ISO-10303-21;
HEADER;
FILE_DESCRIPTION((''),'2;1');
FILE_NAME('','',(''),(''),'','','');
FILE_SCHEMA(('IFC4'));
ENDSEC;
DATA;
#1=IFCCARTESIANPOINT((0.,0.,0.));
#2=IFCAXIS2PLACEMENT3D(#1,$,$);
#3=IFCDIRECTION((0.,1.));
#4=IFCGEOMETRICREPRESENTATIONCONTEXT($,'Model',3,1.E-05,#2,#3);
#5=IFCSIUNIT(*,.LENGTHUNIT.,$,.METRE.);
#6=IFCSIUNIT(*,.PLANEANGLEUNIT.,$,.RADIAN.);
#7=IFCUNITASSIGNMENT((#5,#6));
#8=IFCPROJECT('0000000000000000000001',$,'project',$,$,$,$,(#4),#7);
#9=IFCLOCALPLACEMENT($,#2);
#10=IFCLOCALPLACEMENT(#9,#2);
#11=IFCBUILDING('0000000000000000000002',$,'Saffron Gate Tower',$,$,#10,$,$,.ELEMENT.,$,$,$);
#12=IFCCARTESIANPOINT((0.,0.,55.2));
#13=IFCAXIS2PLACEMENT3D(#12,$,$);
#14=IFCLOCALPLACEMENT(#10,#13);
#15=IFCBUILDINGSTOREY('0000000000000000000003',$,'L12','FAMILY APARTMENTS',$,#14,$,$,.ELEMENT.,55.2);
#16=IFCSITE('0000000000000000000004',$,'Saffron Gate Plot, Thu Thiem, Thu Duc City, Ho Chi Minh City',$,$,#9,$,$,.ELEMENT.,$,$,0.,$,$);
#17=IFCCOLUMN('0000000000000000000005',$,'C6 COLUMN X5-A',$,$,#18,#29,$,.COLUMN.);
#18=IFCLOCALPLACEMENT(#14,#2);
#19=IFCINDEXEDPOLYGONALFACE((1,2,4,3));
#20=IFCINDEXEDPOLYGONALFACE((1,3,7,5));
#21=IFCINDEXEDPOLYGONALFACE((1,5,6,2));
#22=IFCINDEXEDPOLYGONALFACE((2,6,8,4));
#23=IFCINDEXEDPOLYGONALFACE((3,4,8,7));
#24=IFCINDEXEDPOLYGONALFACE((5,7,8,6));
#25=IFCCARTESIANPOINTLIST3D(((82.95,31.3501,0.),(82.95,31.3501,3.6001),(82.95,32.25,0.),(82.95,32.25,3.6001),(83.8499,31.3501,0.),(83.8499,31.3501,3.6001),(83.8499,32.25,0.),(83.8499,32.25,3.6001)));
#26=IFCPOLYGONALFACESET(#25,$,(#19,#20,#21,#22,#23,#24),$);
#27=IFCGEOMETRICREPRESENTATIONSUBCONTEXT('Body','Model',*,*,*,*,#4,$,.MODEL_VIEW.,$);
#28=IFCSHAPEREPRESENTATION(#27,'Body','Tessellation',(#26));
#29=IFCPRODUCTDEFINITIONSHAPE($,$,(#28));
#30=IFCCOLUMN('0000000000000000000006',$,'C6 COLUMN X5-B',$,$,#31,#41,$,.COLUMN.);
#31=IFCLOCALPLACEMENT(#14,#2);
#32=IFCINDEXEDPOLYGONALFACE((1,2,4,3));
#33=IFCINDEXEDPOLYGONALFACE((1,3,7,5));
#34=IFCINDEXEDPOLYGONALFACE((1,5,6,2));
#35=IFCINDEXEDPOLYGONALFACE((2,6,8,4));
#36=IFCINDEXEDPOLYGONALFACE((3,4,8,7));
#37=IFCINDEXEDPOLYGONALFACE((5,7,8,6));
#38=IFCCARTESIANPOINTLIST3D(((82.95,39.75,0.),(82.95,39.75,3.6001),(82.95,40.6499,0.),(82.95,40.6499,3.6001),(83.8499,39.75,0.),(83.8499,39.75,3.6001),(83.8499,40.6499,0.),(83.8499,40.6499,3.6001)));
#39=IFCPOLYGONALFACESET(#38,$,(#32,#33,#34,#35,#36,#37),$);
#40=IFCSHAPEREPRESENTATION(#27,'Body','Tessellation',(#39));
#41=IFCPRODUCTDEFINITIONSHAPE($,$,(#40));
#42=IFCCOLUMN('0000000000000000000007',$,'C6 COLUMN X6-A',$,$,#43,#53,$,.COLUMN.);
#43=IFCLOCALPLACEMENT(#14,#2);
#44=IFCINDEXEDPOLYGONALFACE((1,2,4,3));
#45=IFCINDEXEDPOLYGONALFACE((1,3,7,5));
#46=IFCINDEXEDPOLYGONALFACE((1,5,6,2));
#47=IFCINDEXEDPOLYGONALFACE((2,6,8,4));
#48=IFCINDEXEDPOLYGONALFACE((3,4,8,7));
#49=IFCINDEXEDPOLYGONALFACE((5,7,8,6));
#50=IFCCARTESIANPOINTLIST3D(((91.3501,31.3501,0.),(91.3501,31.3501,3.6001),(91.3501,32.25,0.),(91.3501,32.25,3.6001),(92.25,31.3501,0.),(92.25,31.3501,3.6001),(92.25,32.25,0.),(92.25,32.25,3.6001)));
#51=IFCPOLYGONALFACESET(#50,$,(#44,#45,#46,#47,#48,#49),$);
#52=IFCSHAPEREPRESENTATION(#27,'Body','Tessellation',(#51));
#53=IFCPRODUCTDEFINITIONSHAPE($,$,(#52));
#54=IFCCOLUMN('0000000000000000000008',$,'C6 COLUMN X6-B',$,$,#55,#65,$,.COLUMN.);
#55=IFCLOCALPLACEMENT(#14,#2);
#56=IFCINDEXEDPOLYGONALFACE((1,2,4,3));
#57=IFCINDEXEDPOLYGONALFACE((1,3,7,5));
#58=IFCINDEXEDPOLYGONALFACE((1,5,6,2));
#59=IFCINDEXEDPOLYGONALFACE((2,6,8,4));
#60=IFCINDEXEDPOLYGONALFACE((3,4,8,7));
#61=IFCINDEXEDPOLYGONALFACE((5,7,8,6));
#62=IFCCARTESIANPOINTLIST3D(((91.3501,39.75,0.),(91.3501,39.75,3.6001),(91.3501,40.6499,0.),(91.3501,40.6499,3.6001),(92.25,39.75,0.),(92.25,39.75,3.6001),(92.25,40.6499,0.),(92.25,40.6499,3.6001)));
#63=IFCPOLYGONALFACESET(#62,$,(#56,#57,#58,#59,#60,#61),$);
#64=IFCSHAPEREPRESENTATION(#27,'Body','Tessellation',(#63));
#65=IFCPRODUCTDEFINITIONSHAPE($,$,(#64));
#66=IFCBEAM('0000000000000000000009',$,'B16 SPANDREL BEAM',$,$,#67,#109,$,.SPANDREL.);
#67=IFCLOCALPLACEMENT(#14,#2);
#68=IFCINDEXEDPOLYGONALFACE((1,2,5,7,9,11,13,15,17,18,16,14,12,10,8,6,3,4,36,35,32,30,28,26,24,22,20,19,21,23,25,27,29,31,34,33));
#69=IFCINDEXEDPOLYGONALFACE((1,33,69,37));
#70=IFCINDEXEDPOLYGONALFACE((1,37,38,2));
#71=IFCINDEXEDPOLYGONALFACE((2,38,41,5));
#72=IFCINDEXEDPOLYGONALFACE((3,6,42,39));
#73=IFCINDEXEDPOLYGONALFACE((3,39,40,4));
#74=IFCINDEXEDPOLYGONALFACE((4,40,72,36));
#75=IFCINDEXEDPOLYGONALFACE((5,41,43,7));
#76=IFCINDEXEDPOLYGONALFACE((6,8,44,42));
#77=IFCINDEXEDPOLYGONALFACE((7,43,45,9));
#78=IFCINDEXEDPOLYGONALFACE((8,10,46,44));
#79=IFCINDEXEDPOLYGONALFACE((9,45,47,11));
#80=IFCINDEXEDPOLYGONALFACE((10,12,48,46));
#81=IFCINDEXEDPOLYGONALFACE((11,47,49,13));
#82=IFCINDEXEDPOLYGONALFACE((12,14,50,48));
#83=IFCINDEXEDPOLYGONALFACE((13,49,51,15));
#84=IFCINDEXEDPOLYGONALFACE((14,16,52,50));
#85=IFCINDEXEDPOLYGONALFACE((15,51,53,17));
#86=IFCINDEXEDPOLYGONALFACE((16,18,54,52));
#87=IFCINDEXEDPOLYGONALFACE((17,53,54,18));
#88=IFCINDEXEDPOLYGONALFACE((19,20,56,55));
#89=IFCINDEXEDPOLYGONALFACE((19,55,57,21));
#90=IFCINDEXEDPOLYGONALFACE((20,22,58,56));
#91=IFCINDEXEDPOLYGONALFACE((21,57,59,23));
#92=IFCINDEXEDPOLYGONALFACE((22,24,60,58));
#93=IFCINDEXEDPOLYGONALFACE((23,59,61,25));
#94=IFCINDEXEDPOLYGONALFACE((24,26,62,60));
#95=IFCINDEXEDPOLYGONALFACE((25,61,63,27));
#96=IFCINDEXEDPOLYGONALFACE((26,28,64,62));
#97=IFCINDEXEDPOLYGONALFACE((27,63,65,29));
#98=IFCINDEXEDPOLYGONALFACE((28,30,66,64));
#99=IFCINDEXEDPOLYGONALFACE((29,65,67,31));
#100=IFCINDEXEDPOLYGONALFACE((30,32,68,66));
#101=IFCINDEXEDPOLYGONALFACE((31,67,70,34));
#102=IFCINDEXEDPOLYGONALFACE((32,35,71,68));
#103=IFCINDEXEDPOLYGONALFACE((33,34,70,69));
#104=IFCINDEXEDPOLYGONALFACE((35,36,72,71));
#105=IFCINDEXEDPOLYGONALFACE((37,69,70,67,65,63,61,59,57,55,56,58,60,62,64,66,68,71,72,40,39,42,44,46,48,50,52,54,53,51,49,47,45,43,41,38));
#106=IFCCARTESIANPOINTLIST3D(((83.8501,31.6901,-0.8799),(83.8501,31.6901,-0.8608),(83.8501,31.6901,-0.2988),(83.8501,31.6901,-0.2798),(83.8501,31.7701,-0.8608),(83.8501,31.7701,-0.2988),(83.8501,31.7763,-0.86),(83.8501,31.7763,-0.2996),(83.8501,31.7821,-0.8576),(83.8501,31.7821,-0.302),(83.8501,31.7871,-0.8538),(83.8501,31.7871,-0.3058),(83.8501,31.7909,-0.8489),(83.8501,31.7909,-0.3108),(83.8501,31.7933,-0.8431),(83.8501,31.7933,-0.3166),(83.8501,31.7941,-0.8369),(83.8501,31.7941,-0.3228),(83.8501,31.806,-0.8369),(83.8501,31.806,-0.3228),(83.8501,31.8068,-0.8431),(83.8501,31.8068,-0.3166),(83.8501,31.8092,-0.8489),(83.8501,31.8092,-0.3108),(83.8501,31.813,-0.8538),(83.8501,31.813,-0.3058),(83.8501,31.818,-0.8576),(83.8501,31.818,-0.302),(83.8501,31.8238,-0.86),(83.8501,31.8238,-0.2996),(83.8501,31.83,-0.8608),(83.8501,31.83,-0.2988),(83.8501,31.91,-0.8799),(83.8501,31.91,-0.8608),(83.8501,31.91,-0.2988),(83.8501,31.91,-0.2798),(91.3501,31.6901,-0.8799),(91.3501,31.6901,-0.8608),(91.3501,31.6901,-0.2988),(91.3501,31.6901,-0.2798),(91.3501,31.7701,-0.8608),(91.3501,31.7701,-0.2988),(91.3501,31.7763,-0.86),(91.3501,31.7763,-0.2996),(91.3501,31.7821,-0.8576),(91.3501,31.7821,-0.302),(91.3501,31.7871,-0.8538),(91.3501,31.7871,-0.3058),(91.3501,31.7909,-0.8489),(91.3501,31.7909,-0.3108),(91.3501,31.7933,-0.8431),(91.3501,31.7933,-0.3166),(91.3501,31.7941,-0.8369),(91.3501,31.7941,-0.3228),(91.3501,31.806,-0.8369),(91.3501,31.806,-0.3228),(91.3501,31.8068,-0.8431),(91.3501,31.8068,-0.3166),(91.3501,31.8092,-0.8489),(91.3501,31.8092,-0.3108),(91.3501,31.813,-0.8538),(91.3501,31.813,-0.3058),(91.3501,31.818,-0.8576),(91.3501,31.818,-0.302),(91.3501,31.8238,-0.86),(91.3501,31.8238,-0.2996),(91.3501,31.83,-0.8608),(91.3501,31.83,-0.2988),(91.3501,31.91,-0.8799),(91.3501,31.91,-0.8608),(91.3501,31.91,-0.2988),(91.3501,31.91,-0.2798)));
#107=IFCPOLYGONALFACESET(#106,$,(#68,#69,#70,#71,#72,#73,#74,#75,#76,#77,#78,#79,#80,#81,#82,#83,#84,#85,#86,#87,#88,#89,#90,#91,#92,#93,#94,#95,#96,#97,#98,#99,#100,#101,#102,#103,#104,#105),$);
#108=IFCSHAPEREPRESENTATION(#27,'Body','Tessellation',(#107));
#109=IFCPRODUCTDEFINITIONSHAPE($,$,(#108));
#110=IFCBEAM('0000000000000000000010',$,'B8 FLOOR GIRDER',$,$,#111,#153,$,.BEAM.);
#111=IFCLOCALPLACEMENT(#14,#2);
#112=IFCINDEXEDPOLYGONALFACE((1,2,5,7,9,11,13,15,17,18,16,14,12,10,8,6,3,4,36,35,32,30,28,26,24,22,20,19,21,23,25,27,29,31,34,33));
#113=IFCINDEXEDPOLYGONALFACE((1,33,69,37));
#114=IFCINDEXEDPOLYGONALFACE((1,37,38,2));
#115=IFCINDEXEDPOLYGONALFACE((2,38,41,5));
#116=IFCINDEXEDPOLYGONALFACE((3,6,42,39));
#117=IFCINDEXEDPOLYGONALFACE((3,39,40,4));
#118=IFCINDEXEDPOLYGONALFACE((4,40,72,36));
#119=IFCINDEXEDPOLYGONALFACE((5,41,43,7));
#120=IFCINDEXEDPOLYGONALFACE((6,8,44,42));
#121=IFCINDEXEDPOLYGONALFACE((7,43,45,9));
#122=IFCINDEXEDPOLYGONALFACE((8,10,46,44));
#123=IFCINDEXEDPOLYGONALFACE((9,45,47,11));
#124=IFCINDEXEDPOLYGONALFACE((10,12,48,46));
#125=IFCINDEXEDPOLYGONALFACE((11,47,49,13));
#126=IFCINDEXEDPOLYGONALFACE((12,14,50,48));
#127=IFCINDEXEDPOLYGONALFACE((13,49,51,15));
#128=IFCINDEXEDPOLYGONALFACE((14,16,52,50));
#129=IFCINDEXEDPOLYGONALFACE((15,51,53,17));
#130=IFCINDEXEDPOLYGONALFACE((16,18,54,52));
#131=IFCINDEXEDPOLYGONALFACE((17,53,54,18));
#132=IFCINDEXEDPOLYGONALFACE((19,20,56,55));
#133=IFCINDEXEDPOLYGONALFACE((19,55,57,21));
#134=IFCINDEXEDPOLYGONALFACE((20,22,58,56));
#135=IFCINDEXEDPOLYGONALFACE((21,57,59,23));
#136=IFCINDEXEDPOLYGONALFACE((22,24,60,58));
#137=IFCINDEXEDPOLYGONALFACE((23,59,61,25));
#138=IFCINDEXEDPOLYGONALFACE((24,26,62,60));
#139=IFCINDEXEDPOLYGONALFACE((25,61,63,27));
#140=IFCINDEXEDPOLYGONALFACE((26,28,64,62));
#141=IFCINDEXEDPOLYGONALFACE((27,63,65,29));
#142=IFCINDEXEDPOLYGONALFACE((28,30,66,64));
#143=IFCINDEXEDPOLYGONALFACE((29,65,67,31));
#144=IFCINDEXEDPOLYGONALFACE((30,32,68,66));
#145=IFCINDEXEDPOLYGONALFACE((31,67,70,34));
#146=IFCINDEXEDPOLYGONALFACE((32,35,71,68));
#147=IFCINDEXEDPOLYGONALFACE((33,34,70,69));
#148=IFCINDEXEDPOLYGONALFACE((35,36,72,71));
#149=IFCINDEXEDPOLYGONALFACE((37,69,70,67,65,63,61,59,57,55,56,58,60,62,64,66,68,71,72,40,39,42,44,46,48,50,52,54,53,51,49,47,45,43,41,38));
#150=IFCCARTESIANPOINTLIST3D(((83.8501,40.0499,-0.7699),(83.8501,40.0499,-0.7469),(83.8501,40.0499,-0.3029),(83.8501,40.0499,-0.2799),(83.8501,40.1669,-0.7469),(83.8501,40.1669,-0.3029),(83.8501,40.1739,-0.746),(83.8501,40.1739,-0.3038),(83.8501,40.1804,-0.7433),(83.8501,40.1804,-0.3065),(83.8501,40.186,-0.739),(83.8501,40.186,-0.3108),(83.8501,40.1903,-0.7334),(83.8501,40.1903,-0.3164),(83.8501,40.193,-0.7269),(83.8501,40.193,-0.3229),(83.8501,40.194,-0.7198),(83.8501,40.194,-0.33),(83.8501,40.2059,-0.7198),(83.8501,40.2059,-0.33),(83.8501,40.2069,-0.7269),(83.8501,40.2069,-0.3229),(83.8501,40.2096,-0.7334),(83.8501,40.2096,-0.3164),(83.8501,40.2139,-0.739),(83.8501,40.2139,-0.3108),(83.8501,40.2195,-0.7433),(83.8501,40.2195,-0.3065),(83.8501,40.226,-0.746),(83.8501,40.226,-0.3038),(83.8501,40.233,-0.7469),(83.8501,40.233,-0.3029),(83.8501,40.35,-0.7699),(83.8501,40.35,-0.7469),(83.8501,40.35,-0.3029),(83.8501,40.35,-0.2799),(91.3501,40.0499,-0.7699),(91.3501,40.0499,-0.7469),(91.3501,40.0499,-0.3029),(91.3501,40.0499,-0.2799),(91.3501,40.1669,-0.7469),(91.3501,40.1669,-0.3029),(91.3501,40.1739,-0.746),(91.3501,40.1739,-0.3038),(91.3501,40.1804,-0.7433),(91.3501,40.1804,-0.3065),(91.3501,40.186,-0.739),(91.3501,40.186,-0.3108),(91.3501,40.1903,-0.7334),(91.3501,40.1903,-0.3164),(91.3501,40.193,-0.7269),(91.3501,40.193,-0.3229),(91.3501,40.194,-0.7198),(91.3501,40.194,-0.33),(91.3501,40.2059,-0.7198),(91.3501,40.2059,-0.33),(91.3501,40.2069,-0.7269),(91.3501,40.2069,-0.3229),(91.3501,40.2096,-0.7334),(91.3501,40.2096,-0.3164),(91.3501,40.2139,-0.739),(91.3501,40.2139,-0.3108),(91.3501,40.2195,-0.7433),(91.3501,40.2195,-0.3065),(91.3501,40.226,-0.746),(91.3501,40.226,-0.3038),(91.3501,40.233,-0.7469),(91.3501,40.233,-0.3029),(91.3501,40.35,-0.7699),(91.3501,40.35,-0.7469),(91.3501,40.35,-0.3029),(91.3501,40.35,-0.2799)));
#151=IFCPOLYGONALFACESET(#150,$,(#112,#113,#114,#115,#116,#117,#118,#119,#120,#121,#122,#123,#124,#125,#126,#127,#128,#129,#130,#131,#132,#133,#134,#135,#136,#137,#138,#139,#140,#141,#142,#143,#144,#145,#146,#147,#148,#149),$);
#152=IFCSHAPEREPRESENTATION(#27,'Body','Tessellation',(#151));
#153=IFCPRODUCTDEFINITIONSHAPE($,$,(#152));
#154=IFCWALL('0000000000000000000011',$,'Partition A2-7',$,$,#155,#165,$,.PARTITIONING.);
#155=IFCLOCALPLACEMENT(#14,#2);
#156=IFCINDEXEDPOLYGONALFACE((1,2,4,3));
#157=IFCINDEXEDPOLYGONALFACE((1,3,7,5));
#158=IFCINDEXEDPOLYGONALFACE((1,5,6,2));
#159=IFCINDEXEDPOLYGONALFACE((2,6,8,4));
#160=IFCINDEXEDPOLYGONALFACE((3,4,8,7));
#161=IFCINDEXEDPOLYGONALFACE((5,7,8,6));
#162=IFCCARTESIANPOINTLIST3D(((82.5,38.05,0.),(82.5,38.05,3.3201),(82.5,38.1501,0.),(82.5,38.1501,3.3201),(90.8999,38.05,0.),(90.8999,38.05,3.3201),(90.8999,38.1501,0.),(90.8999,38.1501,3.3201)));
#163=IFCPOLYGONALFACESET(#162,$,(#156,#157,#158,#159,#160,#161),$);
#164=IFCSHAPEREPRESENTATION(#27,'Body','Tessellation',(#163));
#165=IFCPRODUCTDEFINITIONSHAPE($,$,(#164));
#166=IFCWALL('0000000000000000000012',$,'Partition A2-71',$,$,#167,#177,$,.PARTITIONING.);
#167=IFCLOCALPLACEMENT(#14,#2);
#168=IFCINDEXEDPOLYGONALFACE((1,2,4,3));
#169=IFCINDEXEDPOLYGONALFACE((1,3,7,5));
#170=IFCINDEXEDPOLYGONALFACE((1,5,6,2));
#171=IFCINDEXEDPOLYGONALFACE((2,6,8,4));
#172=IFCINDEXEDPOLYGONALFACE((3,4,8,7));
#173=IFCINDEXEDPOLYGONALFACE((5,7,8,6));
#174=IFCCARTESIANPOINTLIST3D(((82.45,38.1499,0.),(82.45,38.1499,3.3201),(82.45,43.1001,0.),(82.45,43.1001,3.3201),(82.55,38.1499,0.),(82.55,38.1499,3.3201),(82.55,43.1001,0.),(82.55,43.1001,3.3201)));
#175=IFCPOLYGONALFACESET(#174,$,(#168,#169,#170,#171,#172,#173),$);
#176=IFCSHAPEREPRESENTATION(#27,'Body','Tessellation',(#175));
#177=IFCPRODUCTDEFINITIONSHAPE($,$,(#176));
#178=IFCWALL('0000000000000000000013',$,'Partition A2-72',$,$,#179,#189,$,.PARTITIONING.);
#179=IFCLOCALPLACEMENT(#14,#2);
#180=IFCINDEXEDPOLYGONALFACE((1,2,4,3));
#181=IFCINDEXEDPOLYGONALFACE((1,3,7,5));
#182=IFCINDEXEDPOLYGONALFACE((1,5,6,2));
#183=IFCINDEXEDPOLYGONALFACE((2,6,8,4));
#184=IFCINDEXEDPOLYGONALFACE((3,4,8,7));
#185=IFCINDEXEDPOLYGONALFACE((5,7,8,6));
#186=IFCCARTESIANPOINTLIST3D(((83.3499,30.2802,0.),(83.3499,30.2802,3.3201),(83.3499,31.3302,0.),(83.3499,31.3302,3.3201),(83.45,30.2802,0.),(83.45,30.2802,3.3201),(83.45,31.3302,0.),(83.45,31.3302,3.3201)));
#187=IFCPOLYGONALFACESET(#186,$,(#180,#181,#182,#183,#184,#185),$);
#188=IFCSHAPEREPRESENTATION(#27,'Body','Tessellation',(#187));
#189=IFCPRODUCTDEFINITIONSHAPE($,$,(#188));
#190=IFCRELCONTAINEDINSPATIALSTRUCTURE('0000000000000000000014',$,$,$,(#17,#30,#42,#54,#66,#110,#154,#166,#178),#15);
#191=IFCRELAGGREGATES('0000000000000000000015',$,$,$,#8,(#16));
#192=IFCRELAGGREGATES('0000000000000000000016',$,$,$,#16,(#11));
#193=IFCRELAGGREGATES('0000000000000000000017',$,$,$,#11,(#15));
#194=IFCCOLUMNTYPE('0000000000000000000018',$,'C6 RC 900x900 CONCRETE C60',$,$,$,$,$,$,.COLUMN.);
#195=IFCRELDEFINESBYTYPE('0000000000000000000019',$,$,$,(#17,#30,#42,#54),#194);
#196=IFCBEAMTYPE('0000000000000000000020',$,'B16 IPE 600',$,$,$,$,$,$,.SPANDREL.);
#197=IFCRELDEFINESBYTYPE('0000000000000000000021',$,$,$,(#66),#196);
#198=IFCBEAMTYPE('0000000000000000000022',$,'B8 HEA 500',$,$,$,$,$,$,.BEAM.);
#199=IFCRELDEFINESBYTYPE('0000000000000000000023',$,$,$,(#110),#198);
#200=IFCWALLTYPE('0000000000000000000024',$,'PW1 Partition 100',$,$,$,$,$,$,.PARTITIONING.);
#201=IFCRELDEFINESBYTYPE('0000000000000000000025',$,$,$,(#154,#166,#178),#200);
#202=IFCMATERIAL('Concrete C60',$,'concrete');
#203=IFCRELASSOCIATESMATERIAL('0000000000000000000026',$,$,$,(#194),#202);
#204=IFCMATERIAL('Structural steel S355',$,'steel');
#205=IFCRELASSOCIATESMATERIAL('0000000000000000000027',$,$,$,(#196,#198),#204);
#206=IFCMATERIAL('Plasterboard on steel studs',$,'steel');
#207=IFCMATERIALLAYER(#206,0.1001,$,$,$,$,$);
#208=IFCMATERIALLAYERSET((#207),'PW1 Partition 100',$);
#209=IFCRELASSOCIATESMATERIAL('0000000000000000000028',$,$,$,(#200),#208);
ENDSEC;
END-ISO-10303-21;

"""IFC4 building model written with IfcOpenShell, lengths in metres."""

from ifc_helpers import new_model, si_unit, direction, frame, frame_2d, origin, origin_2d, place, context, subcontext, project, spatial, rectangle, i_section, extrude, material, layer, layer_set, material_profile, profile_set, type_object, element, save


model = new_model("IFC4")

# Units and contexts
model_context = context("Model", 3, precision=1e-05, world=origin(), true_north=direction((0.0, 1.0)))
body_context = subcontext(model_context, "Body", "Model", "MODEL_VIEW")
ifc_project = project(units=[si_unit("LENGTHUNIT", "METRE"), si_unit("PLANEANGLEUNIT", "RADIAN")], contexts=[model_context])

# Site, building, storey
site_placement = place(None, origin())
site = spatial("IfcSite", under=ifc_project, at=site_placement, Name="Saffron Gate Plot, Thu Thiem, Thu Duc City, Ho Chi Minh City", CompositionType="ELEMENT", RefElevation=0.0)
building_placement = place(site_placement, origin())
building = spatial("IfcBuilding", under=site, at=building_placement, Name="Saffron Gate Tower", CompositionType="ELEMENT")
storey_placement = place(building_placement, frame((0.0, 0.0, 55.2)))
storey = spatial("IfcBuildingStorey", under=building, at=storey_placement, Name="L12", Description="FAMILY APARTMENTS", CompositionType="ELEMENT", Elevation=55.2)

# Columns
ifc_material_1 = material(Name="Concrete C60", Category="concrete")
ifc_material_profile_1 = material_profile(ifc_material_1, rectangle(XDim=0.8999, YDim=0.8999, at=origin_2d()))
ifc_profile_set_1 = profile_set([ifc_material_profile_1], Name="Concrete C60")
column_type = type_object("IfcColumnType", Name="C6 RC 900x900 CONCRETE C60", PredefinedType="COLUMN", material=ifc_profile_set_1)
for number, where, z_axis, x_axis, name in (
    (1, (83.3999, 31.8, 0.0), (0.0, 0.0, 1.0), (1.0, 0.0, 0.0), "C6 COLUMN X5-A"),
    (2, (83.3999, 40.2, 0.0), (0.0, 0.0, 1.0), (1.0, 0.0, 0.0), "C6 COLUMN X5-B"),
    (3, (91.8, 31.8, 0.0), (0.0, 0.0, 1.0), (1.0, 0.0, 0.0), "C6 COLUMN X6-A"),
    (4, (91.8, 40.2, 0.0), (0.0, 0.0, 1.0), (1.0, 0.0, 0.0), "C6 COLUMN X6-B"),
):
    element("IfcColumn", number, at=place(storey_placement, frame(where, z_axis=z_axis, x_axis=x_axis)), inside=storey, type_object=column_type, Name=name, PredefinedType="COLUMN", context=body_context, shape_type="SweptSolid", body=[
        extrude(rectangle(XDim=0.8999, YDim=0.8999, at=origin_2d()), origin(), (0.0, 0.0, 1.0), 3.6001),
    ])

# Beams
ifc_material_2 = material(Name="Structural steel S355", Category="steel")
ifc_material_profile_2 = material_profile(ifc_material_2, i_section(OverallWidth=0.22, OverallDepth=0.6001, WebThickness=0.012, FlangeThickness=0.019, FilletRadius=0.0239, at=origin_2d()))
ifc_profile_set_2 = profile_set([ifc_material_profile_2], Name="Structural steel S355")
beam_type_1 = type_object("IfcBeamType", Name="B16 IPE 600", PredefinedType="SPANDREL", material=ifc_profile_set_2)
beam_1_placement = place(storey_placement, frame((83.8501, 31.8, -0.5798), z_axis=(1.0, 0.0, 0.0), x_axis=(0.0, 1.0, 0.0)))
element("IfcBeam", 5, at=beam_1_placement, inside=storey, type_object=beam_type_1, Name="B16 SPANDREL BEAM", PredefinedType="SPANDREL", context=body_context, shape_type="SweptSolid", body=[
    extrude(i_section(OverallWidth=0.22, OverallDepth=0.6001, WebThickness=0.012, FlangeThickness=0.019, FilletRadius=0.0239, at=origin_2d()), origin(), (0.0, 0.0, 1.0), 7.5),
])
ifc_material_profile_3 = material_profile(ifc_material_2, i_section(OverallWidth=0.3, OverallDepth=0.49, WebThickness=0.012, FlangeThickness=0.0229, FilletRadius=0.0271, at=origin_2d()))
ifc_profile_set_3 = profile_set([ifc_material_profile_3], Name="Structural steel S355")
beam_type_2 = type_object("IfcBeamType", Name="B8 HEA 500", PredefinedType="BEAM", material=ifc_profile_set_3)
beam_2_placement = place(storey_placement, frame((83.8501, 40.2, -0.5249), z_axis=(1.0, 0.0, 0.0), x_axis=(0.0, 1.0, 0.0)))
element("IfcBeam", 6, at=beam_2_placement, inside=storey, type_object=beam_type_2, Name="B8 FLOOR GIRDER", PredefinedType="BEAM", context=body_context, shape_type="SweptSolid", body=[
    extrude(i_section(OverallWidth=0.3, OverallDepth=0.49, WebThickness=0.012, FlangeThickness=0.0229, FilletRadius=0.0271, at=origin_2d()), origin(), (0.0, 0.0, 1.0), 7.5),
])

# Walls
ifc_material_3 = material(Name="Plasterboard on steel studs", Category="steel")
ifc_layer = layer(ifc_material_3, 0.1001)
ifc_layer_set = layer_set([ifc_layer], Name="PW1 Partition 100")
wall_type = type_object("IfcWallType", Name="PW1 Partition 100", PredefinedType="PARTITIONING", material=ifc_layer_set)
wall_1_placement = place(storey_placement, frame((82.5, 38.1001, 0.0), z_axis=(0.0, 0.0, 1.0), x_axis=(1.0, 0.0, 0.0)))
element("IfcWall", 7, at=wall_1_placement, inside=storey, type_object=wall_type, Name="Partition A2-7", PredefinedType="PARTITIONING", context=body_context, shape_type="SweptSolid", body=[
    extrude(rectangle(XDim=8.3999, YDim=0.1001, at=frame_2d((4.2, 0.0))), origin(), (0.0, 0.0, 1.0), 3.3201),
])
wall_2_placement = place(storey_placement, frame((82.5, 43.1001, 0.0), z_axis=(0.0, 0.0, 1.0), x_axis=(0.0, -1.0, 0.0)))
element("IfcWall", 8, at=wall_2_placement, inside=storey, type_object=wall_type, Name="Partition A2-71", PredefinedType="PARTITIONING", context=body_context, shape_type="SweptSolid", body=[
    extrude(rectangle(XDim=4.9502, YDim=0.1001, at=frame_2d((2.4751, 0.0))), origin(), (0.0, 0.0, 1.0), 3.3201),
])
wall_3_placement = place(storey_placement, frame((83.3999, 31.3301, 0.0), z_axis=(0.0, 0.0, 1.0), x_axis=(0.0, -1.0, 0.0)))
element("IfcWall", 9, at=wall_3_placement, inside=storey, type_object=wall_type, Name="Partition A2-72", PredefinedType="PARTITIONING", context=body_context, shape_type="SweptSolid", body=[
    extrude(rectangle(XDim=1.05, YDim=0.1001, at=frame_2d((0.5249, 0.0))), origin(), (0.0, 0.0, 1.0), 3.3201),
])

save(model, "model.ifc")
